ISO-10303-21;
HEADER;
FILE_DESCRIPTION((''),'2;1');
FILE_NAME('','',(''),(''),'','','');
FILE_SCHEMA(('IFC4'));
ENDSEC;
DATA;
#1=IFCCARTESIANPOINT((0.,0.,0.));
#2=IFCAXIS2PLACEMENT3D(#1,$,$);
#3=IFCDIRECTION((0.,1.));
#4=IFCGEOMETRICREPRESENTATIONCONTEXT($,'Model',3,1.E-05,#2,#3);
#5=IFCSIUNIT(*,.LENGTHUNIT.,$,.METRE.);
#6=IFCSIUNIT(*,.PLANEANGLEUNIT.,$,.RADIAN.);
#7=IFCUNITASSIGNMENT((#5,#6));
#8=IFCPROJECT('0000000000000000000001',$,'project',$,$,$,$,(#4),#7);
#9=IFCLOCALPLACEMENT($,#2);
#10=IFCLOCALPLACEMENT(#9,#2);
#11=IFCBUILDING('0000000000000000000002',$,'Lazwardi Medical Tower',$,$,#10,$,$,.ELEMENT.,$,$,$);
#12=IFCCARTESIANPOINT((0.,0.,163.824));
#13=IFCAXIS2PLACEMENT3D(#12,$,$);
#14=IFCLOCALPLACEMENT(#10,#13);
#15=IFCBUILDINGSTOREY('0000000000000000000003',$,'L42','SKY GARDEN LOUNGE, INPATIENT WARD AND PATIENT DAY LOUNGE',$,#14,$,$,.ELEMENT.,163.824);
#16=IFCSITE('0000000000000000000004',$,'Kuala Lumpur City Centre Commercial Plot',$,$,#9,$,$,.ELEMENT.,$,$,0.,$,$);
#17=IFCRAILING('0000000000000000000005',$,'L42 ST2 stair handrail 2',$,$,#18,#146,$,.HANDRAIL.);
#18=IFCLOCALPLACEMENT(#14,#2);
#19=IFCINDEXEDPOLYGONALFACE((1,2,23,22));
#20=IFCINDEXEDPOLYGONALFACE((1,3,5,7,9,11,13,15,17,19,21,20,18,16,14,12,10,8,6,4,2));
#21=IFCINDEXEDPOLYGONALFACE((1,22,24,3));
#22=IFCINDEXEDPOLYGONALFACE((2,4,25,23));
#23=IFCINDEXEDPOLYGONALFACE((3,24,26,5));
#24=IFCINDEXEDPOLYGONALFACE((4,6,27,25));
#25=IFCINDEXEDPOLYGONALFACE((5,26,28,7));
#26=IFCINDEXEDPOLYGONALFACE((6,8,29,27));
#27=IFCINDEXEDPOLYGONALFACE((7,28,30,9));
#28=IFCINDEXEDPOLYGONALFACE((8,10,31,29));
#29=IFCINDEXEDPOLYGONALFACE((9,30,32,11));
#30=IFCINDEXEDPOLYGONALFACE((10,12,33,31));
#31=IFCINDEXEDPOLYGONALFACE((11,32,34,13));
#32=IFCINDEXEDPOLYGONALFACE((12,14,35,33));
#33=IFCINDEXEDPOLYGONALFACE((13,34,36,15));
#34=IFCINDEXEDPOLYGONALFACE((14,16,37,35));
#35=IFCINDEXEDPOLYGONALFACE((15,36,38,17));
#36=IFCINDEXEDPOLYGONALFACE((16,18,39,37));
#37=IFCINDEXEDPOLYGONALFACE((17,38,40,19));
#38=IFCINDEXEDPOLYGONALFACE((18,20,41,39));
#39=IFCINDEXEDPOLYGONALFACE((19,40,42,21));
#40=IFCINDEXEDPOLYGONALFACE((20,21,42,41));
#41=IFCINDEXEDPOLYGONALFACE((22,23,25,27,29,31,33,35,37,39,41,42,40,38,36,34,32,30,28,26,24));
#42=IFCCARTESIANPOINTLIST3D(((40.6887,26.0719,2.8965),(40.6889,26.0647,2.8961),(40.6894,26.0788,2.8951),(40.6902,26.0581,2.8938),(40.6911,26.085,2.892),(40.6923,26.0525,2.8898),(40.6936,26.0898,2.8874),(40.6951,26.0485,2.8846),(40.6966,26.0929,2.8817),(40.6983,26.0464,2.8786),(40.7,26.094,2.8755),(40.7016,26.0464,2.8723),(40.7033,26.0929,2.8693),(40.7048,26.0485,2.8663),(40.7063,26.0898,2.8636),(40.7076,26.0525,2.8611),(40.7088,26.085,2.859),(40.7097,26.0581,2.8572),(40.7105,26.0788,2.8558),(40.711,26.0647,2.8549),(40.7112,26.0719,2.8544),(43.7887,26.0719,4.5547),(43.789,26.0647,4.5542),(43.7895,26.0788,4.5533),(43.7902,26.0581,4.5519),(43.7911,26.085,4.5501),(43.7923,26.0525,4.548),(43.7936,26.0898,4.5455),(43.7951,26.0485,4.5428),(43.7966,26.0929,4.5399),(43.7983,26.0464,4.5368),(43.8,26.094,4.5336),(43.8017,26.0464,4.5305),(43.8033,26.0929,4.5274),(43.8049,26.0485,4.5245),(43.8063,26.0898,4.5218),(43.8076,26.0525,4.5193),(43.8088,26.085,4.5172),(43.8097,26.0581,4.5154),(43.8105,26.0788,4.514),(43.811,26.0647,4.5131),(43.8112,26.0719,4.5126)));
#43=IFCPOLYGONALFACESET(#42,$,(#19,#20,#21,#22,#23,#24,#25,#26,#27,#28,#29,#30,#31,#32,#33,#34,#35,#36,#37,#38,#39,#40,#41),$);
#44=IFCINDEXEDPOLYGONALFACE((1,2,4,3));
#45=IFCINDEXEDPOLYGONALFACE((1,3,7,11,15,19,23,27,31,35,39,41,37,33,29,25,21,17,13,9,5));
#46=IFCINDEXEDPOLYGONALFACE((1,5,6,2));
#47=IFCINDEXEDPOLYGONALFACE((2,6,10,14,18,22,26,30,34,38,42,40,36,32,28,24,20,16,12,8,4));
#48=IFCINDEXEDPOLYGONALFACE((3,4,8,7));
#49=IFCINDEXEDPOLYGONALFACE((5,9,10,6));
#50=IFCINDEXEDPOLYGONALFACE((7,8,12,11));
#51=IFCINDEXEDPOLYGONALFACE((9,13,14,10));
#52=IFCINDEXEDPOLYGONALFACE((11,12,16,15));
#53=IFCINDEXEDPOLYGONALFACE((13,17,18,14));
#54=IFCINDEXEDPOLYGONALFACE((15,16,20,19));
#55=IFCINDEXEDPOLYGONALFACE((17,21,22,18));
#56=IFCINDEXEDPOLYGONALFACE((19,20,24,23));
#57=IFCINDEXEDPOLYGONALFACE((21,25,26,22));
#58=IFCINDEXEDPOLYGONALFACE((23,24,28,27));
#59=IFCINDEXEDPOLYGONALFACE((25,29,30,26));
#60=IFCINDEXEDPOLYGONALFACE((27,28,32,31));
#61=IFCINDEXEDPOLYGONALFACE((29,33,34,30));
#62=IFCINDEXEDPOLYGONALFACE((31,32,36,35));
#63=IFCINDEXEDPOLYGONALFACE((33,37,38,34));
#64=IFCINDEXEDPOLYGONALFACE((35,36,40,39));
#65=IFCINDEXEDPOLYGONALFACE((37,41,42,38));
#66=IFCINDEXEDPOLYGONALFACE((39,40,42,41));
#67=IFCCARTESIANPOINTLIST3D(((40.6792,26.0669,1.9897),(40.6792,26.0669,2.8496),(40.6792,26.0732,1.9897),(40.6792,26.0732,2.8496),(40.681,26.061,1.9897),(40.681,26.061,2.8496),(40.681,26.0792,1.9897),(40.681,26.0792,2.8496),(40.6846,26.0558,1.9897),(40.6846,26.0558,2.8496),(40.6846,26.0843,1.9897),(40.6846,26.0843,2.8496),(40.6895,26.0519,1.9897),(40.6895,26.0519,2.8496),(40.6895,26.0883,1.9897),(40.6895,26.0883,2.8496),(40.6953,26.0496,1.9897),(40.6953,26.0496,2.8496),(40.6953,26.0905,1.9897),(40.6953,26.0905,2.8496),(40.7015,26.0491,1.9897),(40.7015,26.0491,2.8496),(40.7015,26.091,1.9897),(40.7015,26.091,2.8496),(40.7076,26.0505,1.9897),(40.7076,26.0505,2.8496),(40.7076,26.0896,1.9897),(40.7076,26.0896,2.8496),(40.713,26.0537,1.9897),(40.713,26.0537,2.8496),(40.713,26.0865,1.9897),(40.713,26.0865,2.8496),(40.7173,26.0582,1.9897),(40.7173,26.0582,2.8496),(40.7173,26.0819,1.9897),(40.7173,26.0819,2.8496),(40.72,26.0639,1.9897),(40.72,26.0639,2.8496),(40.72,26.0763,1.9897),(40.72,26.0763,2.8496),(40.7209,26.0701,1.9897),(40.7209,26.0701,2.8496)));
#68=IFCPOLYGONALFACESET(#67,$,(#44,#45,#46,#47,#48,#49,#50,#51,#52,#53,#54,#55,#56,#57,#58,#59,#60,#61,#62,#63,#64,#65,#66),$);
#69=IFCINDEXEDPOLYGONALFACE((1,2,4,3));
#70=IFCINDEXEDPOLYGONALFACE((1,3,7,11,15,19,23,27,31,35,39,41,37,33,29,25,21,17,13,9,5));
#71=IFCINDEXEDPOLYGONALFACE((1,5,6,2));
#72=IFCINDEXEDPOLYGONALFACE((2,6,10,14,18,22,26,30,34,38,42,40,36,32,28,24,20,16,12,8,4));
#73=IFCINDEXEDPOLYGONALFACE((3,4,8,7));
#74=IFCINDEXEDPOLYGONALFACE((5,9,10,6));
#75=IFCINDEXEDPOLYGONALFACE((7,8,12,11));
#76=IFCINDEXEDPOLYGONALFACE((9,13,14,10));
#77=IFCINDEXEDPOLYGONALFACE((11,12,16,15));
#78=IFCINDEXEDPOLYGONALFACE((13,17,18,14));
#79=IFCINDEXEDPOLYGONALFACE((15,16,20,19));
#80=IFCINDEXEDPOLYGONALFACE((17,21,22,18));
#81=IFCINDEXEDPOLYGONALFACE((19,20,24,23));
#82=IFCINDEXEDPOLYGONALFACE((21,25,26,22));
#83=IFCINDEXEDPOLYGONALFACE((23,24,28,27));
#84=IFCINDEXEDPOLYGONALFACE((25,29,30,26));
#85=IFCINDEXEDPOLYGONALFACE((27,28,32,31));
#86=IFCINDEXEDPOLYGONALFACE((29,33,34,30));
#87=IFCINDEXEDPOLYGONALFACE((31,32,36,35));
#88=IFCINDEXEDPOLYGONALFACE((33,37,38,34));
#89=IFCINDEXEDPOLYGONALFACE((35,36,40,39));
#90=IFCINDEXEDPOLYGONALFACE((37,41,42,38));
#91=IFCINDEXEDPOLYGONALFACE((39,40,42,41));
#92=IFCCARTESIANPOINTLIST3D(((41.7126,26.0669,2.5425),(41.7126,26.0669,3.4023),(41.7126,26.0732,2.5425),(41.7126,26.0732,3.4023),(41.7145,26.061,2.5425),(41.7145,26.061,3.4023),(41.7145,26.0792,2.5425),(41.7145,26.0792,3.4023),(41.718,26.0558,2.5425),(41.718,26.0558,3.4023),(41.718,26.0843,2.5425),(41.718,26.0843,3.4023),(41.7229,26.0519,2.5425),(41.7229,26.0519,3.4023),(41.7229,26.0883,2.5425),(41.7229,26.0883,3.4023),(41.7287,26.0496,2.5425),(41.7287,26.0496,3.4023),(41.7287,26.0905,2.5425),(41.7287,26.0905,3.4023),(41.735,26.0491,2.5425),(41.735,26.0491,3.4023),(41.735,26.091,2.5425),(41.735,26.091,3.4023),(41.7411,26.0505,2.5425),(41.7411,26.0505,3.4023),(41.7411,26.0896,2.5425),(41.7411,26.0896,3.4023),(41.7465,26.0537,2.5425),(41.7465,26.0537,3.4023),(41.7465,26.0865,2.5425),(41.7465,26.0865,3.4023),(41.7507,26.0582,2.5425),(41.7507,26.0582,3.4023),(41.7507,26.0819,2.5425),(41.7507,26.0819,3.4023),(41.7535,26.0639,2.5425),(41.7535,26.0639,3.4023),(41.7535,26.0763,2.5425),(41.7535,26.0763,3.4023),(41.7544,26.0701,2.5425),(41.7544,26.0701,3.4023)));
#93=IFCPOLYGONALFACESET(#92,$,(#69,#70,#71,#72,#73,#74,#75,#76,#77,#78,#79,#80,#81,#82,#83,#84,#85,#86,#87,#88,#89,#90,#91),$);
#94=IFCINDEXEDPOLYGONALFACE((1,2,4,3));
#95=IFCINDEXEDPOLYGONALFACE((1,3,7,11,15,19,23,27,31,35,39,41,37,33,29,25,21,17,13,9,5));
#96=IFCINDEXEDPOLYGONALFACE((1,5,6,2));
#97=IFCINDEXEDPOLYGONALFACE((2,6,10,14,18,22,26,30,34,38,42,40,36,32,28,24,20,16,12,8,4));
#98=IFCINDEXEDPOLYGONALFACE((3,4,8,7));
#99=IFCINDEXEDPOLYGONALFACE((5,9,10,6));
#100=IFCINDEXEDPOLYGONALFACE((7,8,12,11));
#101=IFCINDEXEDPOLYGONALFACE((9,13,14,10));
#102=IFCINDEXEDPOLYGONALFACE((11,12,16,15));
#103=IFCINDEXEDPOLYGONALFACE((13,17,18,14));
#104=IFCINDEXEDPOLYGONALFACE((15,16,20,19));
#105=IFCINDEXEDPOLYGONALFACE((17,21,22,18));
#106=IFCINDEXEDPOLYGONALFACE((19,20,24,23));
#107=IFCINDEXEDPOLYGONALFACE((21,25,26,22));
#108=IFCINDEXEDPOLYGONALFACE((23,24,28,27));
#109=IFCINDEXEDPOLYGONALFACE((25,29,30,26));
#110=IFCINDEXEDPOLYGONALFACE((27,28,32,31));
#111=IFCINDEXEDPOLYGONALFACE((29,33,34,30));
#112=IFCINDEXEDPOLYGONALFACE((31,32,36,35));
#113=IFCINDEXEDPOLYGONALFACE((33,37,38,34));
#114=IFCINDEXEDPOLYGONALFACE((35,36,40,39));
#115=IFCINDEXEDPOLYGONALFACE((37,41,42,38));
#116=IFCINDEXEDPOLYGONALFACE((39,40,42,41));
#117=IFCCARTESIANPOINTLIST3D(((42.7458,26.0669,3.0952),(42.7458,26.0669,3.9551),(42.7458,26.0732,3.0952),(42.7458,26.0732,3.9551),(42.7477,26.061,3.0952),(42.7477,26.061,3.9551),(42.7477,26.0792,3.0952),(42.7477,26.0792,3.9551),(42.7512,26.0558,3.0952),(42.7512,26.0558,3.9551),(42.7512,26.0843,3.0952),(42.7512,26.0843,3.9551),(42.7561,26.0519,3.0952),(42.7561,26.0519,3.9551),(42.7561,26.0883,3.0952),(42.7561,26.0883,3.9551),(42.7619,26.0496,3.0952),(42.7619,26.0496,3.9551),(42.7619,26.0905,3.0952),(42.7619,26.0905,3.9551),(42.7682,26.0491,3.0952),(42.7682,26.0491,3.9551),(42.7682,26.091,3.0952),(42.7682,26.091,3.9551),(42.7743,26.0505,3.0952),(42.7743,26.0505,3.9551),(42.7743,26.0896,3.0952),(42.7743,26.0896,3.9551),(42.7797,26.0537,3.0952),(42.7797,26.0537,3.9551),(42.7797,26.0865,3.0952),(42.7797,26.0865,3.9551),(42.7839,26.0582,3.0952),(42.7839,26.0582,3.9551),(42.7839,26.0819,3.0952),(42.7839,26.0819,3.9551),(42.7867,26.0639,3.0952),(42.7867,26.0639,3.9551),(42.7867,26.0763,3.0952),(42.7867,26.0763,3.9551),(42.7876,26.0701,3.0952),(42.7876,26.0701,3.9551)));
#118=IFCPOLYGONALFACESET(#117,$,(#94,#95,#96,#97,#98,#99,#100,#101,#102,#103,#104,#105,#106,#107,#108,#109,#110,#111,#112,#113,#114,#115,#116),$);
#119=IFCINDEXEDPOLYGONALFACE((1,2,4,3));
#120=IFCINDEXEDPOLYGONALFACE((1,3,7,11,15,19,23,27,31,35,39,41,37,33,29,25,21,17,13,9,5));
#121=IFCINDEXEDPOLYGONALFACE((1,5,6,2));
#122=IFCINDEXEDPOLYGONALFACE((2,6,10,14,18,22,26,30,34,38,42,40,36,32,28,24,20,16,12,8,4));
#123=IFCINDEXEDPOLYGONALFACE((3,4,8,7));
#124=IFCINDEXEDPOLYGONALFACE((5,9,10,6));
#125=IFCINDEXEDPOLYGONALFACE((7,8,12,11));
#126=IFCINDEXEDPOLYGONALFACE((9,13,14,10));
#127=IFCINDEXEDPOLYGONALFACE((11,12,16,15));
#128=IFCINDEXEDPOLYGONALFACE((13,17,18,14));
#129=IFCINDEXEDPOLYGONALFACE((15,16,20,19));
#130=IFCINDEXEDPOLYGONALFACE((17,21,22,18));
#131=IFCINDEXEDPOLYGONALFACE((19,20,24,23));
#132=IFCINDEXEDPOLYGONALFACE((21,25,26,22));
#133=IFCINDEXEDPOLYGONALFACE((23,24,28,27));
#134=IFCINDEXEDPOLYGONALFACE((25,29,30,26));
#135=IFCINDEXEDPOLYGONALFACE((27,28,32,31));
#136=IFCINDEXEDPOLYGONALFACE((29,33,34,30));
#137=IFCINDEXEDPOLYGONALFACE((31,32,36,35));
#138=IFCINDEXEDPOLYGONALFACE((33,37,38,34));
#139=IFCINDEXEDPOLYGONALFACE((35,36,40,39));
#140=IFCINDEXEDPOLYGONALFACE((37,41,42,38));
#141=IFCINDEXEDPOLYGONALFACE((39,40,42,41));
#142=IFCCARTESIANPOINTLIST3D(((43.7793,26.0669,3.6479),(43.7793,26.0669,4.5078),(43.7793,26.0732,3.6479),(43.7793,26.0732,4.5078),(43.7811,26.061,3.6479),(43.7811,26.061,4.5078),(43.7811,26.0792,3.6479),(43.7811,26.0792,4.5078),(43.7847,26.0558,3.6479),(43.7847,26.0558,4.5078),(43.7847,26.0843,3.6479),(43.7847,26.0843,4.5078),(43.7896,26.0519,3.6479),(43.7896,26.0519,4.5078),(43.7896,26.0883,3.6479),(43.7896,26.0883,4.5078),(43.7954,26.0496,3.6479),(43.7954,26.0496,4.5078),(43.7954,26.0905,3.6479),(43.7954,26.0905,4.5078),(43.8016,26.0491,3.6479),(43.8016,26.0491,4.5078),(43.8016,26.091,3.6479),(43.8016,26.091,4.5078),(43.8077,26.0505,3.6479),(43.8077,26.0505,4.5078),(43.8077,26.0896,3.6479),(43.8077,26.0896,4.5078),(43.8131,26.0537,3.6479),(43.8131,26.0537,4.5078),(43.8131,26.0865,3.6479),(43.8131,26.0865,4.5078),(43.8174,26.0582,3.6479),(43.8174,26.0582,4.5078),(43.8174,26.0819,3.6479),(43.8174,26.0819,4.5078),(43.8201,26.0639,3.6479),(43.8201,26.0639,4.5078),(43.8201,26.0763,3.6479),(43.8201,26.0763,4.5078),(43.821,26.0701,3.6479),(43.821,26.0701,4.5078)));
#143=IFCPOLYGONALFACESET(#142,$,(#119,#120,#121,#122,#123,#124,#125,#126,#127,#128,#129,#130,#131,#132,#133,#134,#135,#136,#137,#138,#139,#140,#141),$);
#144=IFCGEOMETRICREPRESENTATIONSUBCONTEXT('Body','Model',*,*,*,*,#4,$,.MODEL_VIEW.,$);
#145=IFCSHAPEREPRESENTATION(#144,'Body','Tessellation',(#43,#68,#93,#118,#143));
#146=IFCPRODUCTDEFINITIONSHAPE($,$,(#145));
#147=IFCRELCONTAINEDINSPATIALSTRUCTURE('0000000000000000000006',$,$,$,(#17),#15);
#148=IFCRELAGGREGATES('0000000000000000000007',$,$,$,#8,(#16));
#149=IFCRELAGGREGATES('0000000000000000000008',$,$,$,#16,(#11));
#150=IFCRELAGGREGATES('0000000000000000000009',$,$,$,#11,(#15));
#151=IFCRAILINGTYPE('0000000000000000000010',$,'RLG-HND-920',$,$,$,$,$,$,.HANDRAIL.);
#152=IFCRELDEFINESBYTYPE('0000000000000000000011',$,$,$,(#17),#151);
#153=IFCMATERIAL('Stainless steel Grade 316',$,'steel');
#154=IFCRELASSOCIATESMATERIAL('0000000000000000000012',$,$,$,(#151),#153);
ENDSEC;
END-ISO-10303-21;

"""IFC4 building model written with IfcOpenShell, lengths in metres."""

from ifc_helpers import new_model, si_unit, direction, frame, origin, origin_2d, place, context, subcontext, project, spatial, circle, extrude, material, type_object, element, save


model = new_model("IFC4")

# Units and contexts
model_context = context("Model", 3, precision=1e-05, world=origin(), true_north=direction((0.0, 1.0)))
body_context = subcontext(model_context, "Body", "Model", "MODEL_VIEW")
ifc_project = project(units=[si_unit("LENGTHUNIT", "METRE"), si_unit("PLANEANGLEUNIT", "RADIAN")], contexts=[model_context])

# Site, building, storey
site_placement = place(None, origin())
site = spatial("IfcSite", under=ifc_project, at=site_placement, Name="Kuala Lumpur City Centre Commercial Plot", CompositionType="ELEMENT", RefElevation=0.0)
building_placement = place(site_placement, origin())
building = spatial("IfcBuilding", under=site, at=building_placement, Name="Lazwardi Medical Tower", CompositionType="ELEMENT")
storey_placement = place(building_placement, frame((0.0, 0.0, 163.824)))
storey = spatial("IfcBuildingStorey", under=building, at=storey_placement, Name="L42", Description="SKY GARDEN LOUNGE, INPATIENT WARD AND PATIENT DAY LOUNGE", CompositionType="ELEMENT", Elevation=163.824)

# Railing
ifc_material_1 = material(Name="Stainless steel Grade 316", Category="steel")
railing_type_1 = type_object("IfcRailingType", Name="RLG-HND-920", PredefinedType="HANDRAIL", material=ifc_material_1)
railing_1_placement = place(storey_placement, frame((40.7, 26.0701, 1.9897)))
element("IfcRailing", 1, at=railing_1_placement, inside=storey, type_object=railing_type_1, Name="L42 ST2 stair handrail 2", PredefinedType="HANDRAIL", context=body_context, shape_type="SweptSolid", body=[
    extrude(circle(Radius=0.0239, at=origin_2d()), frame((0.0, 0.0, 0.8857), z_axis=(0.881783, 0.0, 0.471655), x_axis=(0.0, 1.0, 0.0)), (0.0, 0.0, 1.0), 3.5156),
    extrude(circle(Radius=0.021, at=origin_2d()), origin(), (0.0, 0.0, 1.0), 0.8599),
    extrude(circle(Radius=0.021, at=origin_2d()), frame((1.0334, 0.0, 0.5527)), (0.0, 0.0, 1.0), 0.8599),
    extrude(circle(Radius=0.021, at=origin_2d()), frame((2.0667, 0.0, 1.1055)), (0.0, 0.0, 1.0), 0.8599),
    extrude(circle(Radius=0.021, at=origin_2d()), frame((3.1001, 0.0, 1.6582)), (0.0, 0.0, 1.0), 0.8599),
])

save(model, "model.ifc")
